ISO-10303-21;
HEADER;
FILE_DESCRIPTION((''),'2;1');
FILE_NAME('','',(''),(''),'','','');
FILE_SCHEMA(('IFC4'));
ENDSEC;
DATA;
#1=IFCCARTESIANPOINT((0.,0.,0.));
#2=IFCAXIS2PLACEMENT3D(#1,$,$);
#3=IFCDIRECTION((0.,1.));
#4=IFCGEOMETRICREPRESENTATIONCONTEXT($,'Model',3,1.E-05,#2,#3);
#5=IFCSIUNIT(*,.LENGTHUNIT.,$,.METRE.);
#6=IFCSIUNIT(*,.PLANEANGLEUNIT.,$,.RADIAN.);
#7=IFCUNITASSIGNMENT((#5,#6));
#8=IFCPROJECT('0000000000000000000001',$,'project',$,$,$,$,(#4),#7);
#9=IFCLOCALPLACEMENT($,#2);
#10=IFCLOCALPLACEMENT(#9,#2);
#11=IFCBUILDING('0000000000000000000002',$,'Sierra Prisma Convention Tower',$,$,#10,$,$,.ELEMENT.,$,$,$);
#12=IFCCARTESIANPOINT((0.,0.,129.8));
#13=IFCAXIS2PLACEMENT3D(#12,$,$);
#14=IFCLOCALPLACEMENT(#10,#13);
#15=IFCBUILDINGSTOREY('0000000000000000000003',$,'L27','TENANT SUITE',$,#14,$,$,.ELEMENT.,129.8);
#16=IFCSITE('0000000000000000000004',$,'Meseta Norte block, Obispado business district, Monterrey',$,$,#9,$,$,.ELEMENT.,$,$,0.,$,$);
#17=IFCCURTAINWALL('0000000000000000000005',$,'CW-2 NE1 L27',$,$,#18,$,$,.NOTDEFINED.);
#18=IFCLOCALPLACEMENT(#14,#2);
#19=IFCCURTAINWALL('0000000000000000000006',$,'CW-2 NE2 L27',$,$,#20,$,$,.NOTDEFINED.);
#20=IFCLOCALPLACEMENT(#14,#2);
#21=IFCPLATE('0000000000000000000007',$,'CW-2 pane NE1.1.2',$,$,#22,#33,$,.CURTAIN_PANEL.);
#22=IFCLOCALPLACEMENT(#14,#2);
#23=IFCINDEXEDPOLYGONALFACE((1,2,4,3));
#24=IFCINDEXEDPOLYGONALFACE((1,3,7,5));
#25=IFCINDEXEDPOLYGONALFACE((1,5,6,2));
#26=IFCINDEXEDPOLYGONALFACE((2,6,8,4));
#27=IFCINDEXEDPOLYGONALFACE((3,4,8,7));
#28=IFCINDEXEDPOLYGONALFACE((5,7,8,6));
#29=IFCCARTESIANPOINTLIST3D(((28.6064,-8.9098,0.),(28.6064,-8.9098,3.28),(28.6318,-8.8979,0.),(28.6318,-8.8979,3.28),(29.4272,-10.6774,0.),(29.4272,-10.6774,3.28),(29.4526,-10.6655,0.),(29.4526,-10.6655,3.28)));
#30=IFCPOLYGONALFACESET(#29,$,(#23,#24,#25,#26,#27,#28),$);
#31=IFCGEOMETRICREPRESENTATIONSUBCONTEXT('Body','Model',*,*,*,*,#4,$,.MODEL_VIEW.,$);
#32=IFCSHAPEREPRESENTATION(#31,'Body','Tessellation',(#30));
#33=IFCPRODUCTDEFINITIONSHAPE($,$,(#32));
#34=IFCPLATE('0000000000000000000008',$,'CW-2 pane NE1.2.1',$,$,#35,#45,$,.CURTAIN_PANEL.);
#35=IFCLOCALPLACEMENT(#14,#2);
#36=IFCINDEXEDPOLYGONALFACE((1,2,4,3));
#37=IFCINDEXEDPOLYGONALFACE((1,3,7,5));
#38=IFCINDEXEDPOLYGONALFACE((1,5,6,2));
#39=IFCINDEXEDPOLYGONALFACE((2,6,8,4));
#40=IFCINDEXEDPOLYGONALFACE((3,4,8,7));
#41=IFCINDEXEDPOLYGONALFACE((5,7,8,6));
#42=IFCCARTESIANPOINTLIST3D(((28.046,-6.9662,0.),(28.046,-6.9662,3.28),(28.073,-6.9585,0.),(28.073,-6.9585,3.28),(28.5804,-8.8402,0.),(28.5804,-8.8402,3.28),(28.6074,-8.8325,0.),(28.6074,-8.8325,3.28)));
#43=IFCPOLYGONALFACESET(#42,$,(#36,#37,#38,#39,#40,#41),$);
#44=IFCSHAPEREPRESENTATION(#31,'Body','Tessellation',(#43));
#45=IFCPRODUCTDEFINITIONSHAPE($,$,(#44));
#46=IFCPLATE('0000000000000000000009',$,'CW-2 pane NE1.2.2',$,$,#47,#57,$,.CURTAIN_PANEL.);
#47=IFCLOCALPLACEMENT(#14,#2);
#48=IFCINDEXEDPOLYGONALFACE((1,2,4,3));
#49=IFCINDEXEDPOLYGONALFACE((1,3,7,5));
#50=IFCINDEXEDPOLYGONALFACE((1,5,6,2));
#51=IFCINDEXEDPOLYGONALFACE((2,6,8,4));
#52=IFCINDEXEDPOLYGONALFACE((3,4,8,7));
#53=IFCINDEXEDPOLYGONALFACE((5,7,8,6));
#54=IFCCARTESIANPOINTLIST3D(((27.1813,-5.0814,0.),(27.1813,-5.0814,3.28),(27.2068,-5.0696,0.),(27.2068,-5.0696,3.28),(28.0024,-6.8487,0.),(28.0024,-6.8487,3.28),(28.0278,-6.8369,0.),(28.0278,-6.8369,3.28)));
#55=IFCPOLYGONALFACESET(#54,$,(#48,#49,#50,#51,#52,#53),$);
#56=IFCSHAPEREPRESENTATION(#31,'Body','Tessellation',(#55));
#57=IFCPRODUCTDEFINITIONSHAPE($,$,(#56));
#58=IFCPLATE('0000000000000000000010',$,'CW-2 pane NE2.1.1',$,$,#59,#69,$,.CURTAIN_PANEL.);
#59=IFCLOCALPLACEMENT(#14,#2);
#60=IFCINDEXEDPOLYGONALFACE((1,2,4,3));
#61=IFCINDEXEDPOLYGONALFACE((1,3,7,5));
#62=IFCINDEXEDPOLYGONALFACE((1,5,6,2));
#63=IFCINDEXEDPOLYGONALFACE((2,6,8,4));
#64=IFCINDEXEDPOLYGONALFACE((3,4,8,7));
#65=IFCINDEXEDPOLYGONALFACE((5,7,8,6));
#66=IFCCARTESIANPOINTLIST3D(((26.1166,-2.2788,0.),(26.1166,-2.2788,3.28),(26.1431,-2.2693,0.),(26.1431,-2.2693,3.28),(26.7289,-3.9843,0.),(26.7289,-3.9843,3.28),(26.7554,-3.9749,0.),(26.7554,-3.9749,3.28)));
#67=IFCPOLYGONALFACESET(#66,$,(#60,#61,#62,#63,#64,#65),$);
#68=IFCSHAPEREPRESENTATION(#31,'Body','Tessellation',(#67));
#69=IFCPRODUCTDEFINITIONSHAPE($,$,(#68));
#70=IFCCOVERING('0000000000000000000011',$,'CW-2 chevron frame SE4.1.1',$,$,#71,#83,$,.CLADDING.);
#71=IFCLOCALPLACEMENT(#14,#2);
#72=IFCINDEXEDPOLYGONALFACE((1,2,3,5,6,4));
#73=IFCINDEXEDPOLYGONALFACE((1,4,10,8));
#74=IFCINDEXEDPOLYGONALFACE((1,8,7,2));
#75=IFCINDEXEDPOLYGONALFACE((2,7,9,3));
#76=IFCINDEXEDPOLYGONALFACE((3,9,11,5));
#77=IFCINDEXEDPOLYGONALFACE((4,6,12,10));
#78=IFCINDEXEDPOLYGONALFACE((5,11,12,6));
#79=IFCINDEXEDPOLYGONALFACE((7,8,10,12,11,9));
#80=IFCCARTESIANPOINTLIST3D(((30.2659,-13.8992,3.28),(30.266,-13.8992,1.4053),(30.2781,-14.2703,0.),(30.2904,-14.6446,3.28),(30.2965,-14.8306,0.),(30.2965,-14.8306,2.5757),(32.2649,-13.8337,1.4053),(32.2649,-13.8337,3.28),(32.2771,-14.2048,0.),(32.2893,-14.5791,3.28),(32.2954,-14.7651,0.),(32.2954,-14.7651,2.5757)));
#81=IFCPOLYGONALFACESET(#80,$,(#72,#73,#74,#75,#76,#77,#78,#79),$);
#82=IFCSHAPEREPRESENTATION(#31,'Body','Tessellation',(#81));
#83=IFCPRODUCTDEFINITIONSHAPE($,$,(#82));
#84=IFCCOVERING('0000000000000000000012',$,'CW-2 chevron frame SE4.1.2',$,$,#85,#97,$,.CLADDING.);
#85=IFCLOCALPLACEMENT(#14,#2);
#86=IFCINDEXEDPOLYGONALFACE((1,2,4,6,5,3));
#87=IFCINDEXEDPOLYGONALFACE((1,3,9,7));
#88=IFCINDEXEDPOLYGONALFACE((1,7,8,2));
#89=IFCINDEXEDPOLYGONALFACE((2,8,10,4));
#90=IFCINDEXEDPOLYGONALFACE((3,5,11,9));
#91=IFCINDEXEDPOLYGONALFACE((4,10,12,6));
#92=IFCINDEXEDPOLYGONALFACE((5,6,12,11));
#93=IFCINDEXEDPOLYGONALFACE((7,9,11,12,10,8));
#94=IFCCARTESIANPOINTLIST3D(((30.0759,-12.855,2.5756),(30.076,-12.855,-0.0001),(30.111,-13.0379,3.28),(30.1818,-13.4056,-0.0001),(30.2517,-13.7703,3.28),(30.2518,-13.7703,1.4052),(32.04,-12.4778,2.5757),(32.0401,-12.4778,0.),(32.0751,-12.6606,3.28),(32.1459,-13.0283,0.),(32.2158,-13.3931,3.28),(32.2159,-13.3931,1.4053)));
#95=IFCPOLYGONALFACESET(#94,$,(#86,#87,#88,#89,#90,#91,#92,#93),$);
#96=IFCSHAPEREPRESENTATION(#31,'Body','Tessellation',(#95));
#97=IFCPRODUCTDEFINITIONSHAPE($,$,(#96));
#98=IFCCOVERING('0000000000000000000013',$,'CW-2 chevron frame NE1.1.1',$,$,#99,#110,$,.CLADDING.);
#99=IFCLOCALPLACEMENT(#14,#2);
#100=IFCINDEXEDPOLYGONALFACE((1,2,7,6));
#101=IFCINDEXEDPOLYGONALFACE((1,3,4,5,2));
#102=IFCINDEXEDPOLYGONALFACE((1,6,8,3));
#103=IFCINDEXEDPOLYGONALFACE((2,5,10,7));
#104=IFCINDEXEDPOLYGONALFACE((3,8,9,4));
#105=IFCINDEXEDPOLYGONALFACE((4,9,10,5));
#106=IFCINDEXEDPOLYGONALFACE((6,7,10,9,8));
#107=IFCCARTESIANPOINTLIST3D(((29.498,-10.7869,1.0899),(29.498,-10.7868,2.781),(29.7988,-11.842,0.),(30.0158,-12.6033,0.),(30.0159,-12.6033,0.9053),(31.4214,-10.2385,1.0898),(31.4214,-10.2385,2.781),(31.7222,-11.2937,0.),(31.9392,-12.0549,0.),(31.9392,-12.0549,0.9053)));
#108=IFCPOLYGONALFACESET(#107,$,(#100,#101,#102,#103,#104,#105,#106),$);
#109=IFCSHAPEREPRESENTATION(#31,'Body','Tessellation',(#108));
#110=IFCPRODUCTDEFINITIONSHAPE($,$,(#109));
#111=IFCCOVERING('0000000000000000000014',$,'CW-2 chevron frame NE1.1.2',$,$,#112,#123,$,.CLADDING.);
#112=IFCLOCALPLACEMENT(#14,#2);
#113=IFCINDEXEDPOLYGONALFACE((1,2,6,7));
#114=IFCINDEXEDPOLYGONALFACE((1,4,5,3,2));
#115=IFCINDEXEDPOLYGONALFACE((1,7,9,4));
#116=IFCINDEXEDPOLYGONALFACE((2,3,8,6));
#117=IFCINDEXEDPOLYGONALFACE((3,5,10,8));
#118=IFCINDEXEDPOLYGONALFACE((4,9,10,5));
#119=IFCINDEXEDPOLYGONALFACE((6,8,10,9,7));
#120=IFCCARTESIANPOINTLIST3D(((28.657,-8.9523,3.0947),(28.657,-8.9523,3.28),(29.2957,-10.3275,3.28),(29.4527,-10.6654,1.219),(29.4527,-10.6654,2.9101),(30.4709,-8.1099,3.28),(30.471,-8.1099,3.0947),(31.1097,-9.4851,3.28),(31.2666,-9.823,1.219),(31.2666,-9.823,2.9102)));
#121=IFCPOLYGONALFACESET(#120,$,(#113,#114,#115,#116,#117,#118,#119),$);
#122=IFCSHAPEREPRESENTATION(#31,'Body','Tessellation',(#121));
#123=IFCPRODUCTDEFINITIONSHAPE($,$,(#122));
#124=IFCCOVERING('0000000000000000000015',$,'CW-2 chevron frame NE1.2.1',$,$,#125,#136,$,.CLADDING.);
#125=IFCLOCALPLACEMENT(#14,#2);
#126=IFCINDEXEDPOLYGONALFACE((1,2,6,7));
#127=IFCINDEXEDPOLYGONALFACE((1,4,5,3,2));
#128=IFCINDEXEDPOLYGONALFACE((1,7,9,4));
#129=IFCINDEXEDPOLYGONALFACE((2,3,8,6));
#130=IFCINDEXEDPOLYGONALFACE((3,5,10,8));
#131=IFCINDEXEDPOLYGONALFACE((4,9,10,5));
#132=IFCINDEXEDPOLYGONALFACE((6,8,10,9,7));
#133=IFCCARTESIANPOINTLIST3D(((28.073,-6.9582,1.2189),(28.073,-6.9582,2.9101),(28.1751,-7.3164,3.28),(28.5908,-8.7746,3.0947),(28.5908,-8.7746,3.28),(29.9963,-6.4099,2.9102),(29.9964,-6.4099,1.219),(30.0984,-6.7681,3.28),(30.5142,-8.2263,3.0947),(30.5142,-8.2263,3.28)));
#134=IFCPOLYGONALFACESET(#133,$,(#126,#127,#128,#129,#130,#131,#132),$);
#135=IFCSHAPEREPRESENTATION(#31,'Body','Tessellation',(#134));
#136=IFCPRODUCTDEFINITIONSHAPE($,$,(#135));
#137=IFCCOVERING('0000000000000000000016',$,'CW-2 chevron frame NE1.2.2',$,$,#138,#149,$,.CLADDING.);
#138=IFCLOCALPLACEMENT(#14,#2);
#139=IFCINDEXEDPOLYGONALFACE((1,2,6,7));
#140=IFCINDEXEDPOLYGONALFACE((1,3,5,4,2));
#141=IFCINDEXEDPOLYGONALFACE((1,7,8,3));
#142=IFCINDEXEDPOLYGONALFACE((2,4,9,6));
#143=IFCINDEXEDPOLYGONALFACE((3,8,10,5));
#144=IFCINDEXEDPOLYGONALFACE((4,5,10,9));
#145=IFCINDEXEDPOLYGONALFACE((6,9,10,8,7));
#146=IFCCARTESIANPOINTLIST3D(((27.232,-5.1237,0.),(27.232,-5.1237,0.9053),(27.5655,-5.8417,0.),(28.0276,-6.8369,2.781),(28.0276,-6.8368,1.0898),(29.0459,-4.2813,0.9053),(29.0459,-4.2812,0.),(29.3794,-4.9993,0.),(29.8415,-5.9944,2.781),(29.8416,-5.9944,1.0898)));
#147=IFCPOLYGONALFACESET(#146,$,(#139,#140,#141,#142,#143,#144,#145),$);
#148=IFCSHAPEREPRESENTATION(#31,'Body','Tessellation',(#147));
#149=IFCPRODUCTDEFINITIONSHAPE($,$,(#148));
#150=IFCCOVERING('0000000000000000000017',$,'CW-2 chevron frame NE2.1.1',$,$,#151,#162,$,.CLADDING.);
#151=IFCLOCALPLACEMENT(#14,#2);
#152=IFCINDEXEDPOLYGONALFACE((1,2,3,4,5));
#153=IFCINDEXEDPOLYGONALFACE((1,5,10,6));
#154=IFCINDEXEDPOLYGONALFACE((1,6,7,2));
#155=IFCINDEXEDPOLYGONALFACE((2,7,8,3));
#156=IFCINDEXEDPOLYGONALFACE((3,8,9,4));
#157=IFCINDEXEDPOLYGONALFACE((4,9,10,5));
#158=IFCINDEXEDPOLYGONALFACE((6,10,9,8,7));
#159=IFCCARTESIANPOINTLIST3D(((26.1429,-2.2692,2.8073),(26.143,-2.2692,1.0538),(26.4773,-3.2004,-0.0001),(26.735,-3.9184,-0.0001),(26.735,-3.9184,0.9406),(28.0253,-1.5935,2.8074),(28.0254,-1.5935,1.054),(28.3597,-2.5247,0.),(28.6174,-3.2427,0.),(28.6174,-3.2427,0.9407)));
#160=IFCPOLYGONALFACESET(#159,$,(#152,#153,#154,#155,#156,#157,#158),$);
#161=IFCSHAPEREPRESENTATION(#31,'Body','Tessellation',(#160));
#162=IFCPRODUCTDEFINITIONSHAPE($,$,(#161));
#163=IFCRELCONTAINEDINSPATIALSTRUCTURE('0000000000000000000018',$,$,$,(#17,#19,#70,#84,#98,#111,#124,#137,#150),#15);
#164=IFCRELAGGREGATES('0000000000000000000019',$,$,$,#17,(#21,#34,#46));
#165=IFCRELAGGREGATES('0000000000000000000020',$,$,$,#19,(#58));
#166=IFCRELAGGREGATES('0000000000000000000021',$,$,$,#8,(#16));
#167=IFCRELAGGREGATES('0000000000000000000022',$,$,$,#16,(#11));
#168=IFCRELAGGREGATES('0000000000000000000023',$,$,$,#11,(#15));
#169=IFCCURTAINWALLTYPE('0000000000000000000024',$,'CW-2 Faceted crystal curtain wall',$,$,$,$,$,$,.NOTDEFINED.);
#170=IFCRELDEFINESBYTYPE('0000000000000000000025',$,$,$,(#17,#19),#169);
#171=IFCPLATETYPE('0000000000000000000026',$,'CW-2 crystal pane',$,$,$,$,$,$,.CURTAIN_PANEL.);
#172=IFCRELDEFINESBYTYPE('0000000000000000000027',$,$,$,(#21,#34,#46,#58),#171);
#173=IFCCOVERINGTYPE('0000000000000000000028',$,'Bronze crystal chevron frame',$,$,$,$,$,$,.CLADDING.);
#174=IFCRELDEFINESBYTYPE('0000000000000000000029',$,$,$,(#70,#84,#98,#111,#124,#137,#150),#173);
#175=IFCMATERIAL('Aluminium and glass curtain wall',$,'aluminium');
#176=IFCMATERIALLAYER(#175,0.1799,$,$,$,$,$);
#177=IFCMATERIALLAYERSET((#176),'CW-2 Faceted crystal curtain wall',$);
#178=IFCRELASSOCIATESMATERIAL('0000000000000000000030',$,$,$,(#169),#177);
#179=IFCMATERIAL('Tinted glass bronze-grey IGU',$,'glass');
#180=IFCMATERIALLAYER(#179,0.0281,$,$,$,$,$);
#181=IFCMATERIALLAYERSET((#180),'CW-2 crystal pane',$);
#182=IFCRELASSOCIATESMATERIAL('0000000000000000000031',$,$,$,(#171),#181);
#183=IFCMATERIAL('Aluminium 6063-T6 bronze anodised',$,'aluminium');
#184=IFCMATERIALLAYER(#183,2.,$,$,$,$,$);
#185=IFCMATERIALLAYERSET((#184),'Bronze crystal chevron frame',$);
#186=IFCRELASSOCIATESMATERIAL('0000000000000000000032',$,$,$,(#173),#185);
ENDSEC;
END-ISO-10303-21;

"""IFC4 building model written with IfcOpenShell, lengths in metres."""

from ifc_helpers import new_model, si_unit, direction, frame, origin, place, context, subcontext, project, spatial, polyline, outline, extrude, material, layer, layer_set, type_object, element, aggregate, save


model = new_model("IFC4")

# Units and contexts
model_context = context("Model", 3, precision=1e-05, world=origin(), true_north=direction((0.0, 1.0)))
body_context = subcontext(model_context, "Body", "Model", "MODEL_VIEW")
ifc_project = project(units=[si_unit("LENGTHUNIT", "METRE"), si_unit("PLANEANGLEUNIT", "RADIAN")], contexts=[model_context])

# Site, building, storey
site_placement = place(None, origin())
site = spatial("IfcSite", under=ifc_project, at=site_placement, Name="Meseta Norte block, Obispado business district, Monterrey", CompositionType="ELEMENT", RefElevation=0.0)
building_placement = place(site_placement, origin())
building = spatial("IfcBuilding", under=site, at=building_placement, Name="Sierra Prisma Convention Tower", CompositionType="ELEMENT")
storey_placement = place(building_placement, frame((0.0, 0.0, 129.8)))
storey = spatial("IfcBuildingStorey", under=building, at=storey_placement, Name="L27", Description="TENANT SUITE", CompositionType="ELEMENT", Elevation=129.8)

# Shared definitions
ifc_material_1 = material(Name="Aluminium and glass curtain wall", Category="aluminium")
ifc_layer_1 = layer(ifc_material_1, 0.1799)
ifc_layer_set_1 = layer_set([ifc_layer_1], Name="CW-2 Faceted crystal curtain wall")
curtain_wall_type = type_object("IfcCurtainWallType", Name="CW-2 Faceted crystal curtain wall", PredefinedType="NOTDEFINED", material=ifc_layer_set_1)

# Curtain wall
curtain_wall_1_placement = place(storey_placement, origin())
curtain_wall_1 = element("IfcCurtainWall", 1, at=curtain_wall_1_placement, inside=storey, type_object=curtain_wall_type, Name="CW-2 NE1 L27", PredefinedType="NOTDEFINED")

# Curtain wall
curtain_wall_2_placement = place(storey_placement, origin())
curtain_wall_2 = element("IfcCurtainWall", 2, at=curtain_wall_2_placement, inside=storey, type_object=curtain_wall_type, Name="CW-2 NE2 L27", PredefinedType="NOTDEFINED")

# Plates
ifc_material_2 = material(Name="Tinted glass bronze-grey IGU", Category="glass")
ifc_layer_2 = layer(ifc_material_2, 0.0281)
ifc_layer_set_2 = layer_set([ifc_layer_2], Name="CW-2 crystal pane")
plate_type = type_object("IfcPlateType", Name="CW-2 crystal pane", PredefinedType="CURTAIN_PANEL", material=ifc_layer_set_2)
plate_1_placement = place(storey_placement, frame((28.6318, -8.8979, 0.0), z_axis=(0.906982, 0.42117, 0.0), x_axis=(0.42117, -0.906982, 0.0)))
plate_1 = element("IfcPlate", 3, at=plate_1_placement, type_object=plate_type, Name="CW-2 pane NE1.1.2", PredefinedType="CURTAIN_PANEL", context=body_context, shape_type="SweptSolid", body=[
    extrude(outline(polyline([(0.0, 0.0), (1.9489, 0.0), (1.9489, -3.28), (0.0, -3.28), (0.0, 0.0)])), origin(), (0.0, 0.0, -1.0), 0.0281),
])
plate_2_placement = place(storey_placement, frame((28.6074, -8.8325, 0.0), z_axis=(0.961661, 0.274241, 0.0), x_axis=(-0.274241, 0.961661, 0.0)))
plate_2 = element("IfcPlate", 4, at=plate_2_placement, type_object=plate_type, Name="CW-2 pane NE1.2.1", PredefinedType="CURTAIN_PANEL", context=body_context, shape_type="SweptSolid", body=[
    extrude(outline(polyline([(0.0, 0.0), (1.9487, 0.0), (1.9487, 3.28), (0.0, 3.28), (0.0, 0.0)])), origin(), (0.0, 0.0, -1.0), 0.0281),
])
plate_3_placement = place(storey_placement, frame((27.2068, -5.0696, 0.0), z_axis=(0.906912, 0.421321, 0.0), x_axis=(0.421321, -0.906912, 0.0)))
plate_3 = element("IfcPlate", 5, at=plate_3_placement, type_object=plate_type, Name="CW-2 pane NE1.2.2", PredefinedType="CURTAIN_PANEL", context=body_context, shape_type="SweptSolid", body=[
    extrude(outline(polyline([(0.0, 0.0), (1.9487, 0.0), (1.9487, -3.28), (0.0, -3.28), (0.0, 0.0)])), origin(), (0.0, 0.0, -1.0), 0.0281),
])
aggregate(curtain_wall_1, [plate_1, plate_2, plate_3])
plate_4_placement = place(storey_placement, frame((26.7554, -3.9749, 0.0), z_axis=(0.941186, 0.337889, 0.0), x_axis=(-0.337889, 0.941186, 0.0)))
plate_4 = element("IfcPlate", 6, at=plate_4_placement, type_object=plate_type, Name="CW-2 pane NE2.1.1", PredefinedType="CURTAIN_PANEL", context=body_context, shape_type="SweptSolid", body=[
    extrude(outline(polyline([(0.0, 0.0), (1.8121, 0.0), (1.8121, 3.28), (0.0, 3.28), (0.0, 0.0)])), origin(), (0.0, 0.0, -1.0), 0.0281),
])
aggregate(curtain_wall_2, [plate_4])

# Coverings
ifc_material_3 = material(Name="Aluminium 6063-T6 bronze anodised", Category="aluminium")
ifc_layer_3 = layer(ifc_material_3, 2.0)
ifc_layer_set_3 = layer_set([ifc_layer_3], Name="Bronze crystal chevron frame")
covering_type = type_object("IfcCoveringType", Name="Bronze crystal chevron frame", PredefinedType="CLADDING", material=ifc_layer_set_3)
covering_1_placement = place(storey_placement, frame((32.2954, -14.7651, 0.0), z_axis=(0.999464, 0.032734, 0.00001), x_axis=(-0.032734, 0.999464, 0.0)))
element("IfcCovering", 7, at=covering_1_placement, inside=storey, type_object=covering_type, Name="CW-2 chevron frame SE4.1.1", PredefinedType="CLADDING", context=body_context, shape_type="SweptSolid", body=[
    extrude(outline(polyline([(0.0, 0.0), (0.5606, 0.0), (0.9319, 1.4053), (0.9319, 3.28), (0.1861, 3.28), (0.0, 2.5757), (0.0, 0.0)])), origin(), (0.0, 0.0, -1.0), 2.0),
])
covering_2_placement = place(storey_placement, frame((32.2158, -13.3931, 3.28), z_axis=(0.982049, 0.188626, 0.000032), x_axis=(0.000031, 0.000006, -1.0)))
element("IfcCovering", 8, at=covering_2_placement, inside=storey, type_object=covering_type, Name="CW-2 chevron frame SE4.1.2", PredefinedType="CLADDING", context=body_context, shape_type="SweptSolid", body=[
    extrude(outline(polyline([(0.0, 0.0), (1.8748, 0.0), (3.28, 0.3714), (3.28, 0.932), (0.7043, 0.932), (0.0, 0.7458), (0.0, 0.0)])), origin(), (0.0, 0.0, -1.0), 2.0),
])
covering_3_placement = place(storey_placement, frame((31.9392, -12.0549, 0.0), z_axis=(0.961683, 0.274163, -0.000009), x_axis=(-0.274163, 0.961683, 0.0)))
element("IfcCovering", 9, at=covering_3_placement, inside=storey, type_object=covering_type, Name="CW-2 chevron frame NE1.1.1", PredefinedType="CLADDING", context=body_context, shape_type="SweptSolid", body=[
    extrude(outline(polyline([(0.0, 0.0), (0.7916, 0.0), (1.8888, 1.0898), (1.8888, 2.781), (0.0, 0.9053), (0.0, 0.0)])), origin(), (0.0, 0.0, -1.0), 2.0),
])
covering_4_placement = place(storey_placement, frame((31.2666, -9.823, 2.9102), z_axis=(0.906956, 0.421225, 0.000021), x_axis=(0.000019, 0.000009, -1.0)))
element("IfcCovering", 10, at=covering_4_placement, inside=storey, type_object=covering_type, Name="CW-2 chevron frame NE1.1.2", PredefinedType="CLADDING", context=body_context, shape_type="SweptSolid", body=[
    extrude(outline(polyline([(0.0, 0.0), (1.6912, 0.0), (-0.1846, 1.8889), (-0.3699, 1.8889), (-0.3699, 0.3726), (0.0, 0.0)])), origin(), (0.0, 0.0, -1.0), 2.0),
])
covering_5_placement = place(storey_placement, frame((30.5142, -8.2263, 3.28), z_axis=(0.961684, 0.274162, 0.000023), x_axis=(0.000022, 0.000006, -1.0)))
element("IfcCovering", 11, at=covering_5_placement, inside=storey, type_object=covering_type, Name="CW-2 chevron frame NE1.2.1", PredefinedType="CLADDING", context=body_context, shape_type="SweptSolid", body=[
    extrude(outline(polyline([(0.0, 0.0), (0.1853, 0.0), (2.061, 1.8888), (0.3699, 1.8888), (0.0, 1.5164), (0.0, 0.0)])), origin(), (0.0, 0.0, -1.0), 2.0),
])
covering_6_placement = place(storey_placement, frame((29.0459, -4.2812, 0.0), z_axis=(0.906953, 0.421232, 0.000005), x_axis=(-0.000005, -0.000002, 1.0)))
element("IfcCovering", 12, at=covering_6_placement, inside=storey, type_object=covering_type, Name="CW-2 chevron frame NE1.2.2", PredefinedType="CLADDING", context=body_context, shape_type="SweptSolid", body=[
    extrude(outline(polyline([(0.0, 0.0), (0.9053, 0.0), (2.781, 1.8889), (1.0898, 1.8889), (0.0, 0.7917), (0.0, 0.0)])), origin(), (0.0, 0.0, -1.0), 2.0),
])
covering_7_placement = place(storey_placement, frame((28.6174, -3.2427, 0.0), z_axis=(0.941201, 0.337848, 0.000058), x_axis=(-0.337848, 0.941201, 0.0)))
element("IfcCovering", 13, at=covering_7_placement, inside=storey, type_object=covering_type, Name="CW-2 chevron frame NE2.1.1", PredefinedType="CLADDING", context=body_context, shape_type="SweptSolid", body=[
    extrude(outline(polyline([(0.0, 0.0), (0.7628, 0.0), (1.7522, 1.054), (1.7522, 2.8074), (0.0, 0.9407), (0.0, 0.0)])), origin(), (0.0, 0.0, -1.0), 2.0),
])

save(model, "model.ifc")
